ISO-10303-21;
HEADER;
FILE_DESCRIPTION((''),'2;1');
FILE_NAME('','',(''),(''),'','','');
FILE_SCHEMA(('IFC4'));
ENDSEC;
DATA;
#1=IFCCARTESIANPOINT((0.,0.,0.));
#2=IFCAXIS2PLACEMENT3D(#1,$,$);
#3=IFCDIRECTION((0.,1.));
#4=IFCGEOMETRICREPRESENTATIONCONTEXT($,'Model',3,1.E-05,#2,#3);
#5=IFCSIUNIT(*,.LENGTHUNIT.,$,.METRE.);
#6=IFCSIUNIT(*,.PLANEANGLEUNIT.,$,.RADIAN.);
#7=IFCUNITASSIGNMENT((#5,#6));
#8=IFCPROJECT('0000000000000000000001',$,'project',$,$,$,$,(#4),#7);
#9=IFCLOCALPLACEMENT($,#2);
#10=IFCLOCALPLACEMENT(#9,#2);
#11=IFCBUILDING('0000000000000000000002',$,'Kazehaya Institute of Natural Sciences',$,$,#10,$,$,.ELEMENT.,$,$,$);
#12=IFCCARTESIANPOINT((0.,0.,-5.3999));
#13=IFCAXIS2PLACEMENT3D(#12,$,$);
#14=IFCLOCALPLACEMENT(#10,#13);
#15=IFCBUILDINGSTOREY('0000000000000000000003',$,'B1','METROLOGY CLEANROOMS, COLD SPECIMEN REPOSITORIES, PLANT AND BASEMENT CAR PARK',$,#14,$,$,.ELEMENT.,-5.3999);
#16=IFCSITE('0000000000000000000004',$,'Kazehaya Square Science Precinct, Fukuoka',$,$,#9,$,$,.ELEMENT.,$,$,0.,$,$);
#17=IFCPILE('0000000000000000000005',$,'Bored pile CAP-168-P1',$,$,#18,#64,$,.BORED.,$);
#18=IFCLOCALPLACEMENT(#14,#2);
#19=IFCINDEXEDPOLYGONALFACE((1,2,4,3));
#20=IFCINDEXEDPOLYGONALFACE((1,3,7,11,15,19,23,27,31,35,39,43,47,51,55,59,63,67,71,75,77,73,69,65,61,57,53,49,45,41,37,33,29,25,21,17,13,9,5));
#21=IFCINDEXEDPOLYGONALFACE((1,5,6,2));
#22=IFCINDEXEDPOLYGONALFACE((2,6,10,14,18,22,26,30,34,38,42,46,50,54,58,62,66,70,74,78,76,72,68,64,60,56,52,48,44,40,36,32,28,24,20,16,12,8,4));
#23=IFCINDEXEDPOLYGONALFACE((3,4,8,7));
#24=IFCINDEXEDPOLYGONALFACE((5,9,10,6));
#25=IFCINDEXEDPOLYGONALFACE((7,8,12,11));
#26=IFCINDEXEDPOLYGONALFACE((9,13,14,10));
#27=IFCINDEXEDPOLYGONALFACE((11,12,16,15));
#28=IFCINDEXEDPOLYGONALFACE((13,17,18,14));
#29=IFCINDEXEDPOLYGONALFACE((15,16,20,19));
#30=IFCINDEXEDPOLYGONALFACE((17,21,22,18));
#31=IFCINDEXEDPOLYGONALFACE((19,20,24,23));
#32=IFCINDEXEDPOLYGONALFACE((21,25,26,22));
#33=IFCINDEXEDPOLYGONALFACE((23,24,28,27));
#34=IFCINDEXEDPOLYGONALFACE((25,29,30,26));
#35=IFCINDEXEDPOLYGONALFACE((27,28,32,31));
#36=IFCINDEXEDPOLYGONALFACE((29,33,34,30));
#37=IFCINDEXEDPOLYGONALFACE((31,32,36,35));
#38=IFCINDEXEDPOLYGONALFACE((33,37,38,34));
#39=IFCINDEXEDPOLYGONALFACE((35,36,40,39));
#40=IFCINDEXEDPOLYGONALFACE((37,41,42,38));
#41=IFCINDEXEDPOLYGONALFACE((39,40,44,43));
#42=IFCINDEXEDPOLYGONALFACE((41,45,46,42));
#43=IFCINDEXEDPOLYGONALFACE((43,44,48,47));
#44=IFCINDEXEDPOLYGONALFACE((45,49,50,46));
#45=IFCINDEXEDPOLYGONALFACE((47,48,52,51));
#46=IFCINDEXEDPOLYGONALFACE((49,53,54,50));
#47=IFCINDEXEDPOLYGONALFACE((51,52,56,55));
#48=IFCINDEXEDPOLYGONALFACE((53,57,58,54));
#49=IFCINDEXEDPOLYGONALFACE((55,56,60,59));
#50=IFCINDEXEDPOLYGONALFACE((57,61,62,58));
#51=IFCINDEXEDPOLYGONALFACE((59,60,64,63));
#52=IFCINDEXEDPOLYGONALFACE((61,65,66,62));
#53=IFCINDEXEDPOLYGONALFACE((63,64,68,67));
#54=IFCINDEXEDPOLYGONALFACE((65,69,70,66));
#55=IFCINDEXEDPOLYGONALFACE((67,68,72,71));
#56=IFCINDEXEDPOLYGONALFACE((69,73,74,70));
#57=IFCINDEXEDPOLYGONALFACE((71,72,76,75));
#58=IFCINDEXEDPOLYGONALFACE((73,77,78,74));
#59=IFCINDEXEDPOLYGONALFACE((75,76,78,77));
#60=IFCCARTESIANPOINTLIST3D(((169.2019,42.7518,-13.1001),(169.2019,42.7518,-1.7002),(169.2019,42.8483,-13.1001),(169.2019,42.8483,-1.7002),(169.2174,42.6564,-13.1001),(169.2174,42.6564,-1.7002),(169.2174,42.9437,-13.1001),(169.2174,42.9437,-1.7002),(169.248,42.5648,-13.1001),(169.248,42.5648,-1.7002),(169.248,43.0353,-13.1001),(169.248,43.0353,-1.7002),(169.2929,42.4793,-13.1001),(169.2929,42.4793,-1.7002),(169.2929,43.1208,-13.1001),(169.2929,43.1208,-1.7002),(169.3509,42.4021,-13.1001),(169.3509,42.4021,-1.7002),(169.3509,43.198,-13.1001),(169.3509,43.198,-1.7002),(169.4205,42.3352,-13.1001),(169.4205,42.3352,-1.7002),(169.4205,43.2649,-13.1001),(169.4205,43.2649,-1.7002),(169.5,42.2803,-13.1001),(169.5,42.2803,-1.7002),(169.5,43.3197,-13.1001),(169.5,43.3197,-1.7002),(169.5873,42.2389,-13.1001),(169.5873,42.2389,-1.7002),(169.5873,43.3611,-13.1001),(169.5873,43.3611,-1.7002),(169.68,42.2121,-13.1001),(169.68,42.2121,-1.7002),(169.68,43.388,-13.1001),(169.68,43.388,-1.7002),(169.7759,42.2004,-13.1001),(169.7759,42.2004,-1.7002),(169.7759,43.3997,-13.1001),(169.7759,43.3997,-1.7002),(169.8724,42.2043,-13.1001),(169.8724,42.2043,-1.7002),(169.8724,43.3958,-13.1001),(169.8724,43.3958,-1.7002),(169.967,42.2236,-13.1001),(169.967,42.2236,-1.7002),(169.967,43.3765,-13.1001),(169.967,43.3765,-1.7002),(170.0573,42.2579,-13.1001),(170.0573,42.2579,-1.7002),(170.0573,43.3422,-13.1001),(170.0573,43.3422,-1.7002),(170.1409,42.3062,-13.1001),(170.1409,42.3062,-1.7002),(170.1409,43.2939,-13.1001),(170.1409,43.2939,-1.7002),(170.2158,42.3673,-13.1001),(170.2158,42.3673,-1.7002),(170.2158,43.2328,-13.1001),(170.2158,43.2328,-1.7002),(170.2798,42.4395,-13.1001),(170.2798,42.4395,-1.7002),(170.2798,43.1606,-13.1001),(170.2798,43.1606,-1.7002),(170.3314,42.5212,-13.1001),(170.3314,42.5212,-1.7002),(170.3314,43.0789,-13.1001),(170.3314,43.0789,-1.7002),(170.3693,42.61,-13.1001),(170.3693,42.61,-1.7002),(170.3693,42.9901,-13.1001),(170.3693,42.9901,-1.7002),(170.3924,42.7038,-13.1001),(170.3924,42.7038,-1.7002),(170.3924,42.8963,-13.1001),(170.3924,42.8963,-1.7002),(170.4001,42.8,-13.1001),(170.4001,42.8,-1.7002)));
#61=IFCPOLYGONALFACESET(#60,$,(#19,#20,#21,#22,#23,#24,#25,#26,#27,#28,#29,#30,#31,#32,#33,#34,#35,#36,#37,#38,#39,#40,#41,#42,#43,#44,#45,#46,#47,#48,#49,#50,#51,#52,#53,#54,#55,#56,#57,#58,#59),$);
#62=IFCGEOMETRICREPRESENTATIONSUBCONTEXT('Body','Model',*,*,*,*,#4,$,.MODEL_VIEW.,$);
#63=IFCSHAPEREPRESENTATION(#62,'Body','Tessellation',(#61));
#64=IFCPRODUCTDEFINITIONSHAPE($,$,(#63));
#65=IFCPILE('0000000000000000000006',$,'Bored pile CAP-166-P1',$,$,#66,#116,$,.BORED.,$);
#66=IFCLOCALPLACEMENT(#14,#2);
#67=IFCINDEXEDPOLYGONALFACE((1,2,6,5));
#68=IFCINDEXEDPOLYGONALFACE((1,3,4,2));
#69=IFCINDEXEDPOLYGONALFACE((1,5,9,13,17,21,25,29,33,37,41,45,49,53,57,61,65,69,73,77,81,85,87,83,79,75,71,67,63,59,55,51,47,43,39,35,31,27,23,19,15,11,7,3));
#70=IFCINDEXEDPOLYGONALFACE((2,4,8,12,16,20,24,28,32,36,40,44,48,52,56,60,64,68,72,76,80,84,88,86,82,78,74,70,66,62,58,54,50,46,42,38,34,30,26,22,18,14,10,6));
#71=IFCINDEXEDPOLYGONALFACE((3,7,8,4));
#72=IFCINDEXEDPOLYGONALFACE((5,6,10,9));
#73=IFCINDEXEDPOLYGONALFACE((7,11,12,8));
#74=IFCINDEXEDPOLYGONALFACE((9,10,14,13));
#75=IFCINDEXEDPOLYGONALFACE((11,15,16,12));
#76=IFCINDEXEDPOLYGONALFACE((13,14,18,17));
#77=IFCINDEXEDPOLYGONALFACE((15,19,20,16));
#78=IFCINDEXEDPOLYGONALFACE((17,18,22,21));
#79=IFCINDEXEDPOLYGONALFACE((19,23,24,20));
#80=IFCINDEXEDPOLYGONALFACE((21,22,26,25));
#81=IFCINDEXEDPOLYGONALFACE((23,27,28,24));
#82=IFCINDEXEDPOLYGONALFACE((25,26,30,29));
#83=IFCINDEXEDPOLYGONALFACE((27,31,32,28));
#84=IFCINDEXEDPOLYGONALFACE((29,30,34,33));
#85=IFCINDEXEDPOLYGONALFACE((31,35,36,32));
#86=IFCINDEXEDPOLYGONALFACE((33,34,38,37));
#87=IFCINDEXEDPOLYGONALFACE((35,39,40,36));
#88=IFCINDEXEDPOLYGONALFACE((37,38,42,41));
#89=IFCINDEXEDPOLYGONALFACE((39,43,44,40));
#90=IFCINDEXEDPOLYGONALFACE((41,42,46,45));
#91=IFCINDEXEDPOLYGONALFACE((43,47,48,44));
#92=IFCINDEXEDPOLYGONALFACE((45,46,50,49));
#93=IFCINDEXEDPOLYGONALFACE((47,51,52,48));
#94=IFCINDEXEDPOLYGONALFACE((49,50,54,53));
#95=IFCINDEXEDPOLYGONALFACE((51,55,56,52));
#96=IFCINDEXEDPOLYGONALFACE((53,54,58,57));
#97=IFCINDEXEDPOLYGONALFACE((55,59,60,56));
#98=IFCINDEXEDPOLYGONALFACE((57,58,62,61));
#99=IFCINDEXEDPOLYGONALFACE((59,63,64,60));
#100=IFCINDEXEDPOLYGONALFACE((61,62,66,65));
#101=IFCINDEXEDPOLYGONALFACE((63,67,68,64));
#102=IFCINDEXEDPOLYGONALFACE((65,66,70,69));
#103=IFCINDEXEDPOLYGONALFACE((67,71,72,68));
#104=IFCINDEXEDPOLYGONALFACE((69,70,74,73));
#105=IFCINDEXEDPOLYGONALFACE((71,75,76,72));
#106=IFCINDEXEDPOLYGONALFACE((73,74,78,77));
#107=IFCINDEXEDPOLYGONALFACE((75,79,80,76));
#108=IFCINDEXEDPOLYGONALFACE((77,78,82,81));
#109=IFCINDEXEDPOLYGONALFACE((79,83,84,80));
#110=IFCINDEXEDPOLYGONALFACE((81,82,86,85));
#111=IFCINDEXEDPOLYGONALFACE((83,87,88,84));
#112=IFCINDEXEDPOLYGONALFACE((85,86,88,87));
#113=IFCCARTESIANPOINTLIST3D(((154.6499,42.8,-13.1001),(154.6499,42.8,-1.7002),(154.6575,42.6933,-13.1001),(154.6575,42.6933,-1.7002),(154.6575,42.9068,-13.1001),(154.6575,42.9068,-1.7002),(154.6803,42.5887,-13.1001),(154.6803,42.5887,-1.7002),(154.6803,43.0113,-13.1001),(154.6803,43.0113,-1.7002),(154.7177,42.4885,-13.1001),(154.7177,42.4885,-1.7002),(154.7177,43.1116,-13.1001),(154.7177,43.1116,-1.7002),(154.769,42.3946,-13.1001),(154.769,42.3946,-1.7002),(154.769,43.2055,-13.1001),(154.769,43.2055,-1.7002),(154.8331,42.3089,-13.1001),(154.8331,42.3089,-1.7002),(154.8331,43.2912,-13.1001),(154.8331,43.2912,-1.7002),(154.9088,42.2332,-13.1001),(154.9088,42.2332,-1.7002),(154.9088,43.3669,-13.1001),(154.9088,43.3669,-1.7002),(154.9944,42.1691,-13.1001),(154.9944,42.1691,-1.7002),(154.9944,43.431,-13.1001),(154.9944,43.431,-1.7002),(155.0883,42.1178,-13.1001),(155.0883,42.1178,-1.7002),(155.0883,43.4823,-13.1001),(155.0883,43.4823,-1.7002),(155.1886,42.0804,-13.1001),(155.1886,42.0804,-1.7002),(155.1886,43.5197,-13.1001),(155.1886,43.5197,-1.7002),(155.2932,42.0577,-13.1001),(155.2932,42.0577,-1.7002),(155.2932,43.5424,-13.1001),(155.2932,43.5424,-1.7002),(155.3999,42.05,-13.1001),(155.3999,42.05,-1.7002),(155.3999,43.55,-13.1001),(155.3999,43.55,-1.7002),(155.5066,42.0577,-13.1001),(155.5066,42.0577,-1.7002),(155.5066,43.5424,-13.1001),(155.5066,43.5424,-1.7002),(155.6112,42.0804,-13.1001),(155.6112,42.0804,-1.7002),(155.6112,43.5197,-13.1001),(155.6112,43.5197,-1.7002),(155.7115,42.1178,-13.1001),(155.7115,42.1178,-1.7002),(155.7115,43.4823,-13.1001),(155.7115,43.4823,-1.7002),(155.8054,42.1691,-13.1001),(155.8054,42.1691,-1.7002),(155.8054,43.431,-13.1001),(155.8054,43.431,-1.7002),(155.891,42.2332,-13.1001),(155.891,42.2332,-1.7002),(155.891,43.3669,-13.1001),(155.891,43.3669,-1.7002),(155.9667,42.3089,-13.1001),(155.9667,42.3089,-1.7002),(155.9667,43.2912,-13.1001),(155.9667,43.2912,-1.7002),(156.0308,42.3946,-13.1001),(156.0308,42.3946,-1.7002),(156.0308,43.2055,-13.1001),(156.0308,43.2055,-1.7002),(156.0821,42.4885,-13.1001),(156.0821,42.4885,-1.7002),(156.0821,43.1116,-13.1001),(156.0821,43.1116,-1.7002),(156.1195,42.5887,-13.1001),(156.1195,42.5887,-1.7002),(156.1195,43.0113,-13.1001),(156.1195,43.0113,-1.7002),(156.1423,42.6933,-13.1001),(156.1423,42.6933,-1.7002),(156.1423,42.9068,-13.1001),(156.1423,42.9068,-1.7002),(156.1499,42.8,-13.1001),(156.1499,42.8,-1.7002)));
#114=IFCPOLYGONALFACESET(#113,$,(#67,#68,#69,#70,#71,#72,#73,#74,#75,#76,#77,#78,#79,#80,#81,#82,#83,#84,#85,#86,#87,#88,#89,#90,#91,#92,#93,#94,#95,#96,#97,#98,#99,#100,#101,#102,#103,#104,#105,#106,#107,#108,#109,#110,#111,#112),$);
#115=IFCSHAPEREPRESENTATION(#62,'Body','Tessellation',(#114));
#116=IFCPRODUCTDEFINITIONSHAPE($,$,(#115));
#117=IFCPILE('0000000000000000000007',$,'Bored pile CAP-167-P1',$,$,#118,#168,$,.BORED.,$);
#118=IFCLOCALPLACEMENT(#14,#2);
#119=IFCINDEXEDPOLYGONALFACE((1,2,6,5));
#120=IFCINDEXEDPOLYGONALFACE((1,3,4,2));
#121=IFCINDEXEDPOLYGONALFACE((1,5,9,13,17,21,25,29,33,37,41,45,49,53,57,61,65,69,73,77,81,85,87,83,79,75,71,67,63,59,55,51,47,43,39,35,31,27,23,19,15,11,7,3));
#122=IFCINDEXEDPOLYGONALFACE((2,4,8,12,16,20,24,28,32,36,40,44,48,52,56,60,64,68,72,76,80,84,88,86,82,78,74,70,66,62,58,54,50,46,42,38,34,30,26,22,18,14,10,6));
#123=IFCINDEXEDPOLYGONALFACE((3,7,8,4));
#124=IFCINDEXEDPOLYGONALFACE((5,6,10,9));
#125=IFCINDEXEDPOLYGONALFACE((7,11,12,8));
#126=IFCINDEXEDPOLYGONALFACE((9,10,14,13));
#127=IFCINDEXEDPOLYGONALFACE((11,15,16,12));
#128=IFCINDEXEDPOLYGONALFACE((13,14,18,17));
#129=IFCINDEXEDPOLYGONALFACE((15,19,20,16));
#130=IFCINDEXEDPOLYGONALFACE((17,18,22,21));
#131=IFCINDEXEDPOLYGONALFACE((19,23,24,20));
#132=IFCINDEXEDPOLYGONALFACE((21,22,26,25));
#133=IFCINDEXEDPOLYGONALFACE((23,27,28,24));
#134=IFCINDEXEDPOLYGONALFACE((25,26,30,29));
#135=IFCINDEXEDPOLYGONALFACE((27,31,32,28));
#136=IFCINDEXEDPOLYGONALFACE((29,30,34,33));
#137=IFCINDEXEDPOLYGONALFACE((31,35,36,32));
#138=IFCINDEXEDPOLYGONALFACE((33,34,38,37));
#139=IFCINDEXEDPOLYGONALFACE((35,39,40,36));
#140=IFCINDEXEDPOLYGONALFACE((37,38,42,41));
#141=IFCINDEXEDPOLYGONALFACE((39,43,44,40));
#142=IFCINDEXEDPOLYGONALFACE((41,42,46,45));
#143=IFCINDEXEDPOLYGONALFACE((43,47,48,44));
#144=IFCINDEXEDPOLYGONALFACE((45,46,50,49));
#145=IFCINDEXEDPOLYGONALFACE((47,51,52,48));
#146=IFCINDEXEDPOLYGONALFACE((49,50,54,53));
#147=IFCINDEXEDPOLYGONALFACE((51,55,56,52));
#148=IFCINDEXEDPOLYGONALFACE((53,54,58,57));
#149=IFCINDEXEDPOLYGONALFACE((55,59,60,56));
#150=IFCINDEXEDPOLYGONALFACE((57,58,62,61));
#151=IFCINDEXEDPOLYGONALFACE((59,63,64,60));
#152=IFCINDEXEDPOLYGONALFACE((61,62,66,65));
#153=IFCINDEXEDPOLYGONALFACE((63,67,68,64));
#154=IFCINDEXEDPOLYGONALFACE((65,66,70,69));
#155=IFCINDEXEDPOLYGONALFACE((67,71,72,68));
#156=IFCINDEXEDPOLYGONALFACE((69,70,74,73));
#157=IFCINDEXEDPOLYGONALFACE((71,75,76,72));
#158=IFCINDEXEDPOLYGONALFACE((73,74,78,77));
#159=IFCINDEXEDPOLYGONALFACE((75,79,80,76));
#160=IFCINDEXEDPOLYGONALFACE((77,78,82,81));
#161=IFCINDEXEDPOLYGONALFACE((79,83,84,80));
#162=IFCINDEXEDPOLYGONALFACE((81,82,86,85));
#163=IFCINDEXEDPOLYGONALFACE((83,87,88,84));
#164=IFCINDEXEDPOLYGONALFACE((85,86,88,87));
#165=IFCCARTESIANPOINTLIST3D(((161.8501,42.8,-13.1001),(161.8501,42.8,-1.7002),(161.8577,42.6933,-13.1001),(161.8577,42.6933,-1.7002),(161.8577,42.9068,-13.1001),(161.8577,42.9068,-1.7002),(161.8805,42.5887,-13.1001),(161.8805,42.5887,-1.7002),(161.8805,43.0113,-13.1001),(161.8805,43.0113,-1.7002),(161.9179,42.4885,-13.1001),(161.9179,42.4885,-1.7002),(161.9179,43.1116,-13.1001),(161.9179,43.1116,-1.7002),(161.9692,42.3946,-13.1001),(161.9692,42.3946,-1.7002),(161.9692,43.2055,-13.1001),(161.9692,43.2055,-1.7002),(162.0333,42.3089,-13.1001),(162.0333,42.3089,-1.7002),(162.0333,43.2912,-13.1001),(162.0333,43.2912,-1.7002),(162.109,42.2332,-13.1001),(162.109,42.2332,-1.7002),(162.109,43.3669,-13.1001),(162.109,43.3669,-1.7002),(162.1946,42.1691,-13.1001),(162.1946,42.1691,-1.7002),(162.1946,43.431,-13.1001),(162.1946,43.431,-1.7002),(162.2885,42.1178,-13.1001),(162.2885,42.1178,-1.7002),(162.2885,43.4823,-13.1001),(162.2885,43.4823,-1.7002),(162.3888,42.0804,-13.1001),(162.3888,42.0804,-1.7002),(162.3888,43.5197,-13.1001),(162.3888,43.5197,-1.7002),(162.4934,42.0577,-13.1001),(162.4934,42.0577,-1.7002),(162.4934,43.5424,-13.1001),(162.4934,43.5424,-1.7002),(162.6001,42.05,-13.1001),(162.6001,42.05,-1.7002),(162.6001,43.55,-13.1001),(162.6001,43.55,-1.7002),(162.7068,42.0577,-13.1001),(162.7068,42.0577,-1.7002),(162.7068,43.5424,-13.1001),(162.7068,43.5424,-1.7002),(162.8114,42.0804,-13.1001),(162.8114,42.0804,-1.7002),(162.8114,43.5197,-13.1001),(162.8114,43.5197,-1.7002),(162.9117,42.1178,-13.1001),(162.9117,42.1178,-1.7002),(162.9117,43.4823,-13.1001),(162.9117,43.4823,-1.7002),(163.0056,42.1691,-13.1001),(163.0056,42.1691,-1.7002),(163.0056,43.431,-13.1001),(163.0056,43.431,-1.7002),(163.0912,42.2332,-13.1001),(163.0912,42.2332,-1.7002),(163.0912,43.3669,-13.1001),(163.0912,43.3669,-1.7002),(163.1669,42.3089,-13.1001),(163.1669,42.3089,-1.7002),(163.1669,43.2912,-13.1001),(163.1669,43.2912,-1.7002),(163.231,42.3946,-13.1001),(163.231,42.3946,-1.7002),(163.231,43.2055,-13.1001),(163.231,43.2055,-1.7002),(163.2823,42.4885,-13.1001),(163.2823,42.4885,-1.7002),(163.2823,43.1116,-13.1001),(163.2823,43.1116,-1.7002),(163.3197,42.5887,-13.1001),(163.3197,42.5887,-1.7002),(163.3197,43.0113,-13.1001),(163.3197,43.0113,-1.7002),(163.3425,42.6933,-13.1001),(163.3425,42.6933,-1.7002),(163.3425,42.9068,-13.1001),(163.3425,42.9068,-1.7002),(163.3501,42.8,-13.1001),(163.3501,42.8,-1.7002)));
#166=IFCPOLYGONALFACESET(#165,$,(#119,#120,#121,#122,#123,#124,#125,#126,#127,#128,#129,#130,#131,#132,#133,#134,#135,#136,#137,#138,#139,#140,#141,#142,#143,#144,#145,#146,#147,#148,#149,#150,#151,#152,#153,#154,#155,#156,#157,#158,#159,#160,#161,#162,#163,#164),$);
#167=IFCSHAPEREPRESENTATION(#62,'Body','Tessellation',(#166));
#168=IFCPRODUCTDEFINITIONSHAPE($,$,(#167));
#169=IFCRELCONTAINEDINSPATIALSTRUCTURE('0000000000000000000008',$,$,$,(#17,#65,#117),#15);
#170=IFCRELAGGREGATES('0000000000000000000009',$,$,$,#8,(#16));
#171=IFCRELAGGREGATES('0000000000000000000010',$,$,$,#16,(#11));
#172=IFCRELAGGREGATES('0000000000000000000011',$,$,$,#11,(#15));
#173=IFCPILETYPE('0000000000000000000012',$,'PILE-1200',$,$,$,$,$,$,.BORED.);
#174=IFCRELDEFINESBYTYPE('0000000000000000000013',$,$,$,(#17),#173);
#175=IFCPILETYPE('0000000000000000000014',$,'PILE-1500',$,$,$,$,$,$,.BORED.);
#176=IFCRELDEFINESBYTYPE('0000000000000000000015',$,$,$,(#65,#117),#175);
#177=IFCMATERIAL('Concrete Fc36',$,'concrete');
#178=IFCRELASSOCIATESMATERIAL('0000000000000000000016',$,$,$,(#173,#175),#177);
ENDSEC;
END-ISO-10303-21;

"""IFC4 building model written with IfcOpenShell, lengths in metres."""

from ifc_helpers import new_model, si_unit, direction, frame, origin, origin_2d, place, context, subcontext, project, spatial, circle, extrude, material, material_profile, profile_set, type_object, element, save


model = new_model("IFC4")

# Units and contexts
model_context = context("Model", 3, precision=1e-05, world=origin(), true_north=direction((0.0, 1.0)))
body_context = subcontext(model_context, "Body", "Model", "MODEL_VIEW")
ifc_project = project(units=[si_unit("LENGTHUNIT", "METRE"), si_unit("PLANEANGLEUNIT", "RADIAN")], contexts=[model_context])

# Site, building, storey
site_placement = place(None, origin())
site = spatial("IfcSite", under=ifc_project, at=site_placement, Name="Kazehaya Square Science Precinct, Fukuoka", CompositionType="ELEMENT", RefElevation=0.0)
building_placement = place(site_placement, origin())
building = spatial("IfcBuilding", under=site, at=building_placement, Name="Kazehaya Institute of Natural Sciences", CompositionType="ELEMENT")
storey_placement = place(building_placement, frame((0.0, 0.0, -5.3999)))
storey = spatial("IfcBuildingStorey", under=building, at=storey_placement, Name="B1", Description="METROLOGY CLEANROOMS, COLD SPECIMEN REPOSITORIES, PLANT AND BASEMENT CAR PARK", CompositionType="ELEMENT", Elevation=-5.3999)

# Shared definitions
ifc_material_1 = material(Name="Concrete Fc36", Category="concrete")

# Piles
ifc_material_profile_1 = material_profile(ifc_material_1, circle(Radius=0.6001, at=origin_2d()), Name="PILE-1200")
ifc_profile_set_1 = profile_set([ifc_material_profile_1], Name="Concrete Fc36")
pile_type_1 = type_object("IfcPileType", Name="PILE-1200", PredefinedType="BORED", material=ifc_profile_set_1)
for number, where, z_axis, x_axis, name in (
    (1, (169.8, 42.8, -1.7002), (0.0, 0.0, -1.0), (1.0, 0.0, 0.0), "Bored pile CAP-168-P1"),
):
    element("IfcPile", number, at=place(storey_placement, frame(where, z_axis=z_axis, x_axis=x_axis)), inside=storey, type_object=pile_type_1, Name=name, PredefinedType="BORED", context=body_context, shape_type="SweptSolid", body=[
        extrude(circle(Radius=0.6001, at=origin_2d()), origin(), (0.0, 0.0, 1.0), 11.3999),
    ])
ifc_material_profile_2 = material_profile(ifc_material_1, circle(Radius=0.75, at=origin_2d()), Name="PILE-1500")
ifc_profile_set_2 = profile_set([ifc_material_profile_2], Name="Concrete Fc36")
pile_type_2 = type_object("IfcPileType", Name="PILE-1500", PredefinedType="BORED", material=ifc_profile_set_2)
for number, where, z_axis, x_axis, name in (
    (2, (155.3999, 42.8, -1.7002), (0.0, 0.0, -1.0), (1.0, 0.0, 0.0), "Bored pile CAP-166-P1"),
    (3, (162.6001, 42.8, -1.7002), (0.0, 0.0, -1.0), (1.0, 0.0, 0.0), "Bored pile CAP-167-P1"),
):
    element("IfcPile", number, at=place(storey_placement, frame(where, z_axis=z_axis, x_axis=x_axis)), inside=storey, type_object=pile_type_2, Name=name, PredefinedType="BORED", context=body_context, shape_type="SweptSolid", body=[
        extrude(circle(Radius=0.75, at=origin_2d()), origin(), (0.0, 0.0, 1.0), 11.3999),
    ])

save(model, "model.ifc")
